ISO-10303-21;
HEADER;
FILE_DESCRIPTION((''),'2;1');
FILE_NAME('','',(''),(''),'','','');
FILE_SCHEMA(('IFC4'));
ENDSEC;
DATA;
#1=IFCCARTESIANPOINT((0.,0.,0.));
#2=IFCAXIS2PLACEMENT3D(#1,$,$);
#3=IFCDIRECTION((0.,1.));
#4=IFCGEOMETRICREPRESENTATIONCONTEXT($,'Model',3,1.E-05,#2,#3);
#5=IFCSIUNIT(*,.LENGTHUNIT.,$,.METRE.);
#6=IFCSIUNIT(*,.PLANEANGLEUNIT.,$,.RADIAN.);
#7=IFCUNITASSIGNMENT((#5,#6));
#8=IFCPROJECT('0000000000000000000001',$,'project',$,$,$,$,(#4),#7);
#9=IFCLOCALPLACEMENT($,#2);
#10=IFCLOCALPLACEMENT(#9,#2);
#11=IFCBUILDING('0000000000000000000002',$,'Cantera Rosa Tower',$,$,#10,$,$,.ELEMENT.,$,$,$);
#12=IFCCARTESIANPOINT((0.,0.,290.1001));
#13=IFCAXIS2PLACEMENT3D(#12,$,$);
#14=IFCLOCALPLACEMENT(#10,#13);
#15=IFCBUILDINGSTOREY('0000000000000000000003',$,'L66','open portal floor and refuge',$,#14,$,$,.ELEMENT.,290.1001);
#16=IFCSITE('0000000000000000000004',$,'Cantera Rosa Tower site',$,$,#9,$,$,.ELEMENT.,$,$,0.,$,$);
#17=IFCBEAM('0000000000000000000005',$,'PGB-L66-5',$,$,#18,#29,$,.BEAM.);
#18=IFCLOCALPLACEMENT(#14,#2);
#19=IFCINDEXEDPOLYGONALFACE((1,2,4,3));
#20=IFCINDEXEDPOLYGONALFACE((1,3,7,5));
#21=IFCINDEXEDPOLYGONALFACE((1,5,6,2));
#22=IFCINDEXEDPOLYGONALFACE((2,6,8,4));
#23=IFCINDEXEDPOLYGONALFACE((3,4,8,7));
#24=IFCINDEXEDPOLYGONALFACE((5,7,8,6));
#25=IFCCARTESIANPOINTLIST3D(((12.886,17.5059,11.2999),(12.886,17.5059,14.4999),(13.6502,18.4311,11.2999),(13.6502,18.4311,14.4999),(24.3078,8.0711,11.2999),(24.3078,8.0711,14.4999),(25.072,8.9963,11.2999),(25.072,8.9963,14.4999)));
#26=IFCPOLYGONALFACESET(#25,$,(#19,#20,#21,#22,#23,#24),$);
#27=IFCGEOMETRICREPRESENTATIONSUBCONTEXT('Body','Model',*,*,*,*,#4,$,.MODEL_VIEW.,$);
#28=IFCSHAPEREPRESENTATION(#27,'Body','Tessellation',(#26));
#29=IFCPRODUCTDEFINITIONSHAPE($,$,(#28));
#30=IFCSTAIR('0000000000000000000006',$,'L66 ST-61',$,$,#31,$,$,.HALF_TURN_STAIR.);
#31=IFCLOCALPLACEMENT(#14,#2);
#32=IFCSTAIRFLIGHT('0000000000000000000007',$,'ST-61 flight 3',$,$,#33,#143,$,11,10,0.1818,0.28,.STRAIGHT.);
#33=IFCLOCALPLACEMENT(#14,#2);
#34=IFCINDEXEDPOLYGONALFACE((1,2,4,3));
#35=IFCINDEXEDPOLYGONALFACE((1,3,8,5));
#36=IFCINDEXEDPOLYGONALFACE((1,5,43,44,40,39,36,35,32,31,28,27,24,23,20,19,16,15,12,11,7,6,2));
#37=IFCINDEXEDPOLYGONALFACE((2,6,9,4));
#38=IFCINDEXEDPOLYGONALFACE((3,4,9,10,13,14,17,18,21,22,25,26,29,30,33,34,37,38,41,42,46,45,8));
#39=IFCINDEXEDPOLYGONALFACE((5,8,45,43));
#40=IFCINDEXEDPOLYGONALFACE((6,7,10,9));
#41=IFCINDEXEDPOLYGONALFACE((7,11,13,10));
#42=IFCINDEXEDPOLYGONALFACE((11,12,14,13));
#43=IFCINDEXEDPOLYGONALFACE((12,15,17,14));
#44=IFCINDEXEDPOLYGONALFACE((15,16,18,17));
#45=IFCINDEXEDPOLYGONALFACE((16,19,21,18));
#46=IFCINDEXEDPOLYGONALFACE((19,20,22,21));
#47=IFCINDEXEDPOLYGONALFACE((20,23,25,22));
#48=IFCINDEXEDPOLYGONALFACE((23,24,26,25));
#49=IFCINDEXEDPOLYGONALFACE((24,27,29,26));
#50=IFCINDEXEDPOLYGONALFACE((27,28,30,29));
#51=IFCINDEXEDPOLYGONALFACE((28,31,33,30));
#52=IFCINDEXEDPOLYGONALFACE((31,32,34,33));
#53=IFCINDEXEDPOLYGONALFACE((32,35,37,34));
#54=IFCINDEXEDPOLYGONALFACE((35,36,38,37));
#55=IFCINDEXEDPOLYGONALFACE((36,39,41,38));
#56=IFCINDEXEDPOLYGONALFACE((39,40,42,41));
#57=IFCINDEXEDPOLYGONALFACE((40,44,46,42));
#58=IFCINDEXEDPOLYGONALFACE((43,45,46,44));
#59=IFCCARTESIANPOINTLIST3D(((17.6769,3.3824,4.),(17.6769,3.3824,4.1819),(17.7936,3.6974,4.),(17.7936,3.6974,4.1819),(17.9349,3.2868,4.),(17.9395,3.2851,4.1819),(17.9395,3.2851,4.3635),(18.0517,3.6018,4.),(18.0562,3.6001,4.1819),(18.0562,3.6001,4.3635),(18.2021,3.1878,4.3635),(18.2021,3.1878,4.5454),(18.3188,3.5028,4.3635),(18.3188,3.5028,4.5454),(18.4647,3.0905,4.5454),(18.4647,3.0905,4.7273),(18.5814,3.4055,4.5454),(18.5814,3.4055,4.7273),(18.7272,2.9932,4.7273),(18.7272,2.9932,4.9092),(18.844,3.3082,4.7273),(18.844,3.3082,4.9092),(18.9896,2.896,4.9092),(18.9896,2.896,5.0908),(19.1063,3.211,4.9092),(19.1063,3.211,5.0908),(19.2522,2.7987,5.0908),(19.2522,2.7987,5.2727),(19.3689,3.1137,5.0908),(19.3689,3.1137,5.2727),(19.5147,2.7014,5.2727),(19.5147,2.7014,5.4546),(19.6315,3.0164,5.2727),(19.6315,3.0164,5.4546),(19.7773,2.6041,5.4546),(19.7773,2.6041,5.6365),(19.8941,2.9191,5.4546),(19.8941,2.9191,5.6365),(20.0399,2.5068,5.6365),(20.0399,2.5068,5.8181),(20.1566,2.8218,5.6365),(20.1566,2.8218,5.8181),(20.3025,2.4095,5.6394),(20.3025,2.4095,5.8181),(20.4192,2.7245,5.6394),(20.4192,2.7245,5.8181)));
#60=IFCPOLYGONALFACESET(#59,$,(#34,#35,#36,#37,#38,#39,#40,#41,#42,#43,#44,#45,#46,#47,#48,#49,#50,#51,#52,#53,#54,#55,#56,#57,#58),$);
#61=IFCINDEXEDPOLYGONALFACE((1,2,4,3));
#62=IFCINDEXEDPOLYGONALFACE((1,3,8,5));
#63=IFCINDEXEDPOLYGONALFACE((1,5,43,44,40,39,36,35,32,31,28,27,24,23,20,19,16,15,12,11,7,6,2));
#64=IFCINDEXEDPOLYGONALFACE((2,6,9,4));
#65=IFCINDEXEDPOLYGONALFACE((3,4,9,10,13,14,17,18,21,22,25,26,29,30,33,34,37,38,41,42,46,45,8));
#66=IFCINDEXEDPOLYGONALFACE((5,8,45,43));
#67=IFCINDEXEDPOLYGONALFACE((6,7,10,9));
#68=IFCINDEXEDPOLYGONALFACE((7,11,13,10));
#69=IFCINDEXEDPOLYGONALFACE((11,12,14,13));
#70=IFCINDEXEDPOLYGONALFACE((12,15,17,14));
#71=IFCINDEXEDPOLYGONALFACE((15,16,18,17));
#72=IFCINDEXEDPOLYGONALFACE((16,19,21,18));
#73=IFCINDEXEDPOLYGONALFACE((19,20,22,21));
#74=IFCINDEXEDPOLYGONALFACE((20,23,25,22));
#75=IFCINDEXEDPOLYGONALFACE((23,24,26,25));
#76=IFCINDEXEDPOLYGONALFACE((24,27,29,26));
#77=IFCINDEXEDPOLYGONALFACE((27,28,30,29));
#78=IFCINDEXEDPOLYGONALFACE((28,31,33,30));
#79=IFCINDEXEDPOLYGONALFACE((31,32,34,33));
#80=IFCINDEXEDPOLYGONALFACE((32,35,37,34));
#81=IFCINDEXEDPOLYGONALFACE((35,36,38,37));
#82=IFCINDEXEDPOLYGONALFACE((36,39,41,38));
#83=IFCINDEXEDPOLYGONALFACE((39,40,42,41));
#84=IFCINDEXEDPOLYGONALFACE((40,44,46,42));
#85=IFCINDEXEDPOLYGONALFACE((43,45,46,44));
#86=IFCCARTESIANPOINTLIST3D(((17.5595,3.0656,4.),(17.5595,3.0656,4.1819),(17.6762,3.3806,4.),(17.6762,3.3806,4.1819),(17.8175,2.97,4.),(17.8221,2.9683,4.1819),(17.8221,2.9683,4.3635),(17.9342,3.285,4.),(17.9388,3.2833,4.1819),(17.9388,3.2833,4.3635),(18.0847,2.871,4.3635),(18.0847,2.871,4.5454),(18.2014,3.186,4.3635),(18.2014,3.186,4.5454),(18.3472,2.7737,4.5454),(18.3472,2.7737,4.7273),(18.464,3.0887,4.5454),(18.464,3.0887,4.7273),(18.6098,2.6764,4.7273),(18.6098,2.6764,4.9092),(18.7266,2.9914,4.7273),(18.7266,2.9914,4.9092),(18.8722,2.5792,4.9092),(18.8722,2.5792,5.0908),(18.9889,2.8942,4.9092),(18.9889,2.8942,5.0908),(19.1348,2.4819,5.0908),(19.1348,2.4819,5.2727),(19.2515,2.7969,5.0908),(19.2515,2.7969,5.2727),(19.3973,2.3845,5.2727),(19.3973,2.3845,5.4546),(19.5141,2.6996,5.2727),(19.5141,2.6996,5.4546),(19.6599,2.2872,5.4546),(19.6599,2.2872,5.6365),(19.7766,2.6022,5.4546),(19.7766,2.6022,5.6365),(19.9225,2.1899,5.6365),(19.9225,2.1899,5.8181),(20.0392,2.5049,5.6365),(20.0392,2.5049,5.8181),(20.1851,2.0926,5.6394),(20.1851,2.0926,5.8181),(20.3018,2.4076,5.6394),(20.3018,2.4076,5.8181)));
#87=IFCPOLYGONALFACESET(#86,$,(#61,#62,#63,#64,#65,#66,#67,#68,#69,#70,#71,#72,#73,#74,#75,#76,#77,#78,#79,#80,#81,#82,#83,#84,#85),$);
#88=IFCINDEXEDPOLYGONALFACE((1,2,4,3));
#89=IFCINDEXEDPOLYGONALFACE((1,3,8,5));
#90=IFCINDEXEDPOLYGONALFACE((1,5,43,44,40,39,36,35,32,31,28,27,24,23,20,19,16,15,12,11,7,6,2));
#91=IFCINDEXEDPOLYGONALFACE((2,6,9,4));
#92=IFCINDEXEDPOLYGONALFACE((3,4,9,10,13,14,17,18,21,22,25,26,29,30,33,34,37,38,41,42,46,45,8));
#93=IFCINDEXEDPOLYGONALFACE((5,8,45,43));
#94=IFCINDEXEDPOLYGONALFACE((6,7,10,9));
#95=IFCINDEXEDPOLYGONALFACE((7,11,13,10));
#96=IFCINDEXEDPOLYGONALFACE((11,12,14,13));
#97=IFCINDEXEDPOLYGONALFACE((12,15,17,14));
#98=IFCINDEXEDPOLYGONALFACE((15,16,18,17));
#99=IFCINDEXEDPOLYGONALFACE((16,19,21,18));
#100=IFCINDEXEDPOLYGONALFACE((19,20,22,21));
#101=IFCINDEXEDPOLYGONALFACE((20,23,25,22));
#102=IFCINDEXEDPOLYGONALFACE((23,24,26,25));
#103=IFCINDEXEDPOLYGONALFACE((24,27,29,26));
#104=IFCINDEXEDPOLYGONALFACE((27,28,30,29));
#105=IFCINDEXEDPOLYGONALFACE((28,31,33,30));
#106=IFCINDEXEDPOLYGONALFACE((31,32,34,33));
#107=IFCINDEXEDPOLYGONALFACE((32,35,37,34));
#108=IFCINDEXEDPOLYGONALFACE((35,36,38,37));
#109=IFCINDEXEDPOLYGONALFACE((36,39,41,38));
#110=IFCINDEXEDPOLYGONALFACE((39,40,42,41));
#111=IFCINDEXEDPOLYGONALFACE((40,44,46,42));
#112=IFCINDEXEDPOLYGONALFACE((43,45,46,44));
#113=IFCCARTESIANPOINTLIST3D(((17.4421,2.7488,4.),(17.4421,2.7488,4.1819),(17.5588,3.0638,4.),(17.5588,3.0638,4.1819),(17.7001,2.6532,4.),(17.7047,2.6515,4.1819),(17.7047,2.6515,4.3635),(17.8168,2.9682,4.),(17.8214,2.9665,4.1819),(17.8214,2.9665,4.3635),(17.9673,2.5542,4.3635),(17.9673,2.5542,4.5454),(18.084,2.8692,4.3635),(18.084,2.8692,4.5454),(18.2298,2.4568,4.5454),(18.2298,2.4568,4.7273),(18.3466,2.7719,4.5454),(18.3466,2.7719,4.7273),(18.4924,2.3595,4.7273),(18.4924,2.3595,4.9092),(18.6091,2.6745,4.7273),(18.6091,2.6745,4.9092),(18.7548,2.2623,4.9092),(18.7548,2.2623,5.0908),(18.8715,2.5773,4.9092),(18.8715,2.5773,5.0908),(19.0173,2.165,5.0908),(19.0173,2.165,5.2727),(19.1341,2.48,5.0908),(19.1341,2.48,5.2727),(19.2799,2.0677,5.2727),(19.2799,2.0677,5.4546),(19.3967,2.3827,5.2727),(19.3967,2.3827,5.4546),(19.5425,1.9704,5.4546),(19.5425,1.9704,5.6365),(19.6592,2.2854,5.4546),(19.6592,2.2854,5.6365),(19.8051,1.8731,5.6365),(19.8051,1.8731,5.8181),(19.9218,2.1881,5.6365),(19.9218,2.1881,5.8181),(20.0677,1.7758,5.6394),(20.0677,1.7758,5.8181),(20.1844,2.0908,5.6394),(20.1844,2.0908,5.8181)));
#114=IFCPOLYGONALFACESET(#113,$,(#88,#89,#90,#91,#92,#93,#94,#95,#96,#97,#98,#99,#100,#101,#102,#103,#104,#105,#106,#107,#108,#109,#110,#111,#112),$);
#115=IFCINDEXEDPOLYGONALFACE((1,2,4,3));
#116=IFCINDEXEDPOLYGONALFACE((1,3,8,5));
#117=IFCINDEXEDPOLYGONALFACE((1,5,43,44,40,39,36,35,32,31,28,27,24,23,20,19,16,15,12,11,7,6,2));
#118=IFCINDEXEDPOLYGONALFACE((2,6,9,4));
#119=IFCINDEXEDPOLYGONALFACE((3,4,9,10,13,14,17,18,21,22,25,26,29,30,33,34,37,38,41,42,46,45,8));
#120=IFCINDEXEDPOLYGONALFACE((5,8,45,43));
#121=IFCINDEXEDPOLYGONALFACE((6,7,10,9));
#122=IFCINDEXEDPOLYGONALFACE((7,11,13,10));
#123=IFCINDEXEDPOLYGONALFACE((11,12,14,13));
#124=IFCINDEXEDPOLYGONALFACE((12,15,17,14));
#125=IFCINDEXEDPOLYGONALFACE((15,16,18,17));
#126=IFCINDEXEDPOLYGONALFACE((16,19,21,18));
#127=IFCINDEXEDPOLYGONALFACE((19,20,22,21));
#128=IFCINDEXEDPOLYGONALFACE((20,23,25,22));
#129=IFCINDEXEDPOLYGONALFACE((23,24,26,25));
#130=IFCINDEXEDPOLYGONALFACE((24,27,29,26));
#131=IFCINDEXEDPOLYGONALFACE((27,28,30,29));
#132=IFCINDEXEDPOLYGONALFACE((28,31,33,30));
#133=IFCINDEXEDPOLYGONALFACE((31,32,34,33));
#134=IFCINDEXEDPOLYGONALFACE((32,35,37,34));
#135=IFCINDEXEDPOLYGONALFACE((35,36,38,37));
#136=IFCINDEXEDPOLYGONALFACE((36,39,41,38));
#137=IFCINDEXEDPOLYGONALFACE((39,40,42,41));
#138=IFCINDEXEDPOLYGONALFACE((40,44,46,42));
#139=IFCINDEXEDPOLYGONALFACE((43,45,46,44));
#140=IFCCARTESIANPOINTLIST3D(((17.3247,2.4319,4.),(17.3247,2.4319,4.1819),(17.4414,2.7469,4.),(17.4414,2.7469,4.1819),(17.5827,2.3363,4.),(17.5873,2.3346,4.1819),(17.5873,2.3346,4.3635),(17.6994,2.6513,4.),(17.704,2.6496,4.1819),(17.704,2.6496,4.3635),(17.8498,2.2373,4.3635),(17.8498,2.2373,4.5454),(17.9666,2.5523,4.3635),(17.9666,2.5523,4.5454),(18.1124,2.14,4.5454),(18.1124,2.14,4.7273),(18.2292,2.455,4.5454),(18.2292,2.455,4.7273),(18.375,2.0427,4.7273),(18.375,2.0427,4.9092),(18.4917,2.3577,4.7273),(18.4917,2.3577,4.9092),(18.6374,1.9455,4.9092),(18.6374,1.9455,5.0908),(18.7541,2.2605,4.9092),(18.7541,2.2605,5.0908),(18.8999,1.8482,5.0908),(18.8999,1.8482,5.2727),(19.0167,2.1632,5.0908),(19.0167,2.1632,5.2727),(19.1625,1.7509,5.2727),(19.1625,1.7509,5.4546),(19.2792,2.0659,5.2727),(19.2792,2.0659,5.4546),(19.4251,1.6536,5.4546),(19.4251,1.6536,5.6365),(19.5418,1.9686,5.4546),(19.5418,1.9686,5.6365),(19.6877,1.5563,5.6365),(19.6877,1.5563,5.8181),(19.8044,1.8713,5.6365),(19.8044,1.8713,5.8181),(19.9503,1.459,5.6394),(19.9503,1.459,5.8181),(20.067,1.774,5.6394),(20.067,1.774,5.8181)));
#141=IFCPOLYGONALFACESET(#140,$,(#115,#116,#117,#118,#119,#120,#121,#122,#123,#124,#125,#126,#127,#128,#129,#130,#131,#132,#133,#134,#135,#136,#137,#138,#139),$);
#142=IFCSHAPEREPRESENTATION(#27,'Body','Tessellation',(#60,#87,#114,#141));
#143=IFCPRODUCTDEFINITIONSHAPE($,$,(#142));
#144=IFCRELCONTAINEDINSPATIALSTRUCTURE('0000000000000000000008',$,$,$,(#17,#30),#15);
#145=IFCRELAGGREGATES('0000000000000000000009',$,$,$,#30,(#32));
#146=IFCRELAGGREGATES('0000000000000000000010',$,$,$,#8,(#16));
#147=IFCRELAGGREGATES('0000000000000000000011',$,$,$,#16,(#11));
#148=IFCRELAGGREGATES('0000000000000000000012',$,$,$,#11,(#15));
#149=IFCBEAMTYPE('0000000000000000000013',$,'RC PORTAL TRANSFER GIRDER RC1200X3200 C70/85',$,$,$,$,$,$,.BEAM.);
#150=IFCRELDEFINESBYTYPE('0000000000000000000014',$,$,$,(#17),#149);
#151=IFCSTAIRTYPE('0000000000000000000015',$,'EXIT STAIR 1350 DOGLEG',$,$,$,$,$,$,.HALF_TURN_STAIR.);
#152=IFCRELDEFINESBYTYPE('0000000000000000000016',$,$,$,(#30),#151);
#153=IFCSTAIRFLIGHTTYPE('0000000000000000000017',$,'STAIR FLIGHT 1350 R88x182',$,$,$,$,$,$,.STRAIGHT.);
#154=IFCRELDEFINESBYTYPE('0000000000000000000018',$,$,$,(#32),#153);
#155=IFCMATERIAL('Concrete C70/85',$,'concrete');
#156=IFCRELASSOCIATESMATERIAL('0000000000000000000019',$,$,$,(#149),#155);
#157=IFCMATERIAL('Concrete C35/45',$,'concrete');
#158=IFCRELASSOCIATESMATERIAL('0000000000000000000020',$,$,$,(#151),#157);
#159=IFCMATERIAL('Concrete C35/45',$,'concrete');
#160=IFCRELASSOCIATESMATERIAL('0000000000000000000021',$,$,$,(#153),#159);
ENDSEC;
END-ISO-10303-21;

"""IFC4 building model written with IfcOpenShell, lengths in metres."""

from ifc_helpers import new_model, si_unit, direction, frame, origin, origin_2d, place, context, subcontext, project, spatial, polyline, rectangle, outline, extrude, material, material_profile, profile_set, type_object, element, aggregate, save


model = new_model("IFC4")

# Units and contexts
model_context = context("Model", 3, precision=1e-05, world=origin(), true_north=direction((0.0, 1.0)))
body_context = subcontext(model_context, "Body", "Model", "MODEL_VIEW")
ifc_project = project(units=[si_unit("LENGTHUNIT", "METRE"), si_unit("PLANEANGLEUNIT", "RADIAN")], contexts=[model_context])

# Site, building, storey
site_placement = place(None, origin())
site = spatial("IfcSite", under=ifc_project, at=site_placement, Name="Cantera Rosa Tower site", CompositionType="ELEMENT", RefElevation=0.0)
building_placement = place(site_placement, origin())
building = spatial("IfcBuilding", under=site, at=building_placement, Name="Cantera Rosa Tower", CompositionType="ELEMENT")
storey_placement = place(building_placement, frame((0.0, 0.0, 290.1001)))
storey = spatial("IfcBuildingStorey", under=building, at=storey_placement, Name="L66", Description="open portal floor and refuge", CompositionType="ELEMENT", Elevation=290.1001)

# Beam
ifc_material_1 = material(Name="Concrete C70/85", Category="concrete")
ifc_material_profile = material_profile(ifc_material_1, rectangle(XDim=1.2, YDim=3.2, at=origin_2d()), Name="RC PORTAL TRANSFER GIRDER RC1200X3200 C70/85")
ifc_profile_set = profile_set([ifc_material_profile], Name="Concrete C70/85")
beam_type = type_object("IfcBeamType", Name="RC PORTAL TRANSFER GIRDER RC1200X3200 C70/85", PredefinedType="BEAM", material=ifc_profile_set)
beam_placement = place(storey_placement, frame((24.6899, 8.5337, 12.8999), z_axis=(-0.770983, 0.636855, 0.0), x_axis=(-0.636855, -0.770983, 0.0)))
element("IfcBeam", 1, at=beam_placement, inside=storey, type_object=beam_type, Name="PGB-L66-5", PredefinedType="BEAM", context=body_context, shape_type="SweptSolid", body=[
    extrude(rectangle(XDim=1.2, YDim=3.2, at=origin_2d()), origin(), (0.0, 0.0, 1.0), 14.8147),
])

# Stair, stair flight
ifc_material_2 = material(Name="Concrete C35/45", Category="concrete")
stair_type = type_object("IfcStairType", Name="EXIT STAIR 1350 DOGLEG", PredefinedType="HALF_TURN_STAIR", material=ifc_material_2)
stair_placement = place(storey_placement, origin())
stair = element("IfcStair", 2, at=stair_placement, inside=storey, type_object=stair_type, Name="L66 ST-61", PredefinedType="HALF_TURN_STAIR")
ifc_material_3 = material(Name="Concrete C35/45", Category="concrete")
stair_flight_type = type_object("IfcStairFlightType", Name="STAIR FLIGHT 1350 R88x182", PredefinedType="STRAIGHT", material=ifc_material_3)
stair_flight_1_placement = place(storey_placement, frame((17.5591, 3.0645, 4.0), z_axis=(0.0, 0.0, 1.0), x_axis=(0.937687, -0.347481, 0.0)))
stair_flight_1 = element("IfcStairFlight", 3, at=stair_flight_1_placement, type_object=stair_flight_type, Name="ST-61 flight 3", NumberOfRisers=11, NumberOfTreads=10, PredefinedType="STRAIGHT", RiserHeight=0.1818, TreadLength=0.28, context=body_context, shape_type="SweptSolid", body=[
    extrude(outline(polyline([(0.0, 0.0), (0.0, 0.1819), (0.28, 0.1819), (0.28, 0.3635), (0.5601, 0.3635), (0.5601, 0.5454), (0.8401, 0.5454), (0.8401, 0.7273), (1.1201, 0.7273), (1.1201, 0.9092), (1.3999, 0.9092), (1.3999, 1.0908), (1.6799, 1.0908), (1.6799, 1.2727), (1.96, 1.2727), (1.96, 1.4546), (2.24, 1.4546), (2.24, 1.6365), (2.52, 1.6365), (2.52, 1.8181), (2.8, 1.8181), (2.8, 2.0), (2.8, 1.6394), (0.2751, 0.0), (0.0, 0.0)])), frame((0.0, 0.675, 0.0), z_axis=(0.0, -1.0, 0.0), x_axis=(1.0, 0.0, 0.0)), (0.0, 0.0, 1.0), 0.3359),
    extrude(outline(polyline([(0.0, 0.0), (0.0, 0.1819), (0.28, 0.1819), (0.28, 0.3635), (0.5601, 0.3635), (0.5601, 0.5454), (0.8401, 0.5454), (0.8401, 0.7273), (1.1201, 0.7273), (1.1201, 0.9092), (1.3999, 0.9092), (1.3999, 1.0908), (1.6799, 1.0908), (1.6799, 1.2727), (1.96, 1.2727), (1.96, 1.4546), (2.24, 1.4546), (2.24, 1.6365), (2.52, 1.6365), (2.52, 1.8181), (2.8, 1.8181), (2.8, 2.0), (2.8, 1.6394), (0.2751, 0.0), (0.0, 0.0)])), frame((0.0, 0.3372, 0.0), z_axis=(0.0, -1.0, 0.0), x_axis=(1.0, 0.0, 0.0)), (0.0, 0.0, 1.0), 0.3359),
    extrude(outline(polyline([(0.0, 0.0), (0.0, 0.1819), (0.28, 0.1819), (0.28, 0.3635), (0.5601, 0.3635), (0.5601, 0.5454), (0.8401, 0.5454), (0.8401, 0.7273), (1.1201, 0.7273), (1.1201, 0.9092), (1.3999, 0.9092), (1.3999, 1.0908), (1.6799, 1.0908), (1.6799, 1.2727), (1.96, 1.2727), (1.96, 1.4546), (2.24, 1.4546), (2.24, 1.6365), (2.52, 1.6365), (2.52, 1.8181), (2.8, 1.8181), (2.8, 2.0), (2.8, 1.6394), (0.2751, 0.0), (0.0, 0.0)])), frame((0.0, -0.0007, 0.0), z_axis=(0.0, -1.0, 0.0), x_axis=(1.0, 0.0, 0.0)), (0.0, 0.0, 1.0), 0.3359),
    extrude(outline(polyline([(0.0, 0.0), (0.0, 0.1819), (0.28, 0.1819), (0.28, 0.3635), (0.5601, 0.3635), (0.5601, 0.5454), (0.8401, 0.5454), (0.8401, 0.7273), (1.1201, 0.7273), (1.1201, 0.9092), (1.3999, 0.9092), (1.3999, 1.0908), (1.6799, 1.0908), (1.6799, 1.2727), (1.96, 1.2727), (1.96, 1.4546), (2.24, 1.4546), (2.24, 1.6365), (2.52, 1.6365), (2.52, 1.8181), (2.8, 1.8181), (2.8, 2.0), (2.8, 1.6394), (0.2751, 0.0), (0.0, 0.0)])), frame((0.0, -0.3386, 0.0), z_axis=(0.0, -1.0, 0.0), x_axis=(1.0, 0.0, 0.0)), (0.0, 0.0, 1.0), 0.3359),
])
aggregate(stair, [stair_flight_1])

save(model, "model.ifc")
